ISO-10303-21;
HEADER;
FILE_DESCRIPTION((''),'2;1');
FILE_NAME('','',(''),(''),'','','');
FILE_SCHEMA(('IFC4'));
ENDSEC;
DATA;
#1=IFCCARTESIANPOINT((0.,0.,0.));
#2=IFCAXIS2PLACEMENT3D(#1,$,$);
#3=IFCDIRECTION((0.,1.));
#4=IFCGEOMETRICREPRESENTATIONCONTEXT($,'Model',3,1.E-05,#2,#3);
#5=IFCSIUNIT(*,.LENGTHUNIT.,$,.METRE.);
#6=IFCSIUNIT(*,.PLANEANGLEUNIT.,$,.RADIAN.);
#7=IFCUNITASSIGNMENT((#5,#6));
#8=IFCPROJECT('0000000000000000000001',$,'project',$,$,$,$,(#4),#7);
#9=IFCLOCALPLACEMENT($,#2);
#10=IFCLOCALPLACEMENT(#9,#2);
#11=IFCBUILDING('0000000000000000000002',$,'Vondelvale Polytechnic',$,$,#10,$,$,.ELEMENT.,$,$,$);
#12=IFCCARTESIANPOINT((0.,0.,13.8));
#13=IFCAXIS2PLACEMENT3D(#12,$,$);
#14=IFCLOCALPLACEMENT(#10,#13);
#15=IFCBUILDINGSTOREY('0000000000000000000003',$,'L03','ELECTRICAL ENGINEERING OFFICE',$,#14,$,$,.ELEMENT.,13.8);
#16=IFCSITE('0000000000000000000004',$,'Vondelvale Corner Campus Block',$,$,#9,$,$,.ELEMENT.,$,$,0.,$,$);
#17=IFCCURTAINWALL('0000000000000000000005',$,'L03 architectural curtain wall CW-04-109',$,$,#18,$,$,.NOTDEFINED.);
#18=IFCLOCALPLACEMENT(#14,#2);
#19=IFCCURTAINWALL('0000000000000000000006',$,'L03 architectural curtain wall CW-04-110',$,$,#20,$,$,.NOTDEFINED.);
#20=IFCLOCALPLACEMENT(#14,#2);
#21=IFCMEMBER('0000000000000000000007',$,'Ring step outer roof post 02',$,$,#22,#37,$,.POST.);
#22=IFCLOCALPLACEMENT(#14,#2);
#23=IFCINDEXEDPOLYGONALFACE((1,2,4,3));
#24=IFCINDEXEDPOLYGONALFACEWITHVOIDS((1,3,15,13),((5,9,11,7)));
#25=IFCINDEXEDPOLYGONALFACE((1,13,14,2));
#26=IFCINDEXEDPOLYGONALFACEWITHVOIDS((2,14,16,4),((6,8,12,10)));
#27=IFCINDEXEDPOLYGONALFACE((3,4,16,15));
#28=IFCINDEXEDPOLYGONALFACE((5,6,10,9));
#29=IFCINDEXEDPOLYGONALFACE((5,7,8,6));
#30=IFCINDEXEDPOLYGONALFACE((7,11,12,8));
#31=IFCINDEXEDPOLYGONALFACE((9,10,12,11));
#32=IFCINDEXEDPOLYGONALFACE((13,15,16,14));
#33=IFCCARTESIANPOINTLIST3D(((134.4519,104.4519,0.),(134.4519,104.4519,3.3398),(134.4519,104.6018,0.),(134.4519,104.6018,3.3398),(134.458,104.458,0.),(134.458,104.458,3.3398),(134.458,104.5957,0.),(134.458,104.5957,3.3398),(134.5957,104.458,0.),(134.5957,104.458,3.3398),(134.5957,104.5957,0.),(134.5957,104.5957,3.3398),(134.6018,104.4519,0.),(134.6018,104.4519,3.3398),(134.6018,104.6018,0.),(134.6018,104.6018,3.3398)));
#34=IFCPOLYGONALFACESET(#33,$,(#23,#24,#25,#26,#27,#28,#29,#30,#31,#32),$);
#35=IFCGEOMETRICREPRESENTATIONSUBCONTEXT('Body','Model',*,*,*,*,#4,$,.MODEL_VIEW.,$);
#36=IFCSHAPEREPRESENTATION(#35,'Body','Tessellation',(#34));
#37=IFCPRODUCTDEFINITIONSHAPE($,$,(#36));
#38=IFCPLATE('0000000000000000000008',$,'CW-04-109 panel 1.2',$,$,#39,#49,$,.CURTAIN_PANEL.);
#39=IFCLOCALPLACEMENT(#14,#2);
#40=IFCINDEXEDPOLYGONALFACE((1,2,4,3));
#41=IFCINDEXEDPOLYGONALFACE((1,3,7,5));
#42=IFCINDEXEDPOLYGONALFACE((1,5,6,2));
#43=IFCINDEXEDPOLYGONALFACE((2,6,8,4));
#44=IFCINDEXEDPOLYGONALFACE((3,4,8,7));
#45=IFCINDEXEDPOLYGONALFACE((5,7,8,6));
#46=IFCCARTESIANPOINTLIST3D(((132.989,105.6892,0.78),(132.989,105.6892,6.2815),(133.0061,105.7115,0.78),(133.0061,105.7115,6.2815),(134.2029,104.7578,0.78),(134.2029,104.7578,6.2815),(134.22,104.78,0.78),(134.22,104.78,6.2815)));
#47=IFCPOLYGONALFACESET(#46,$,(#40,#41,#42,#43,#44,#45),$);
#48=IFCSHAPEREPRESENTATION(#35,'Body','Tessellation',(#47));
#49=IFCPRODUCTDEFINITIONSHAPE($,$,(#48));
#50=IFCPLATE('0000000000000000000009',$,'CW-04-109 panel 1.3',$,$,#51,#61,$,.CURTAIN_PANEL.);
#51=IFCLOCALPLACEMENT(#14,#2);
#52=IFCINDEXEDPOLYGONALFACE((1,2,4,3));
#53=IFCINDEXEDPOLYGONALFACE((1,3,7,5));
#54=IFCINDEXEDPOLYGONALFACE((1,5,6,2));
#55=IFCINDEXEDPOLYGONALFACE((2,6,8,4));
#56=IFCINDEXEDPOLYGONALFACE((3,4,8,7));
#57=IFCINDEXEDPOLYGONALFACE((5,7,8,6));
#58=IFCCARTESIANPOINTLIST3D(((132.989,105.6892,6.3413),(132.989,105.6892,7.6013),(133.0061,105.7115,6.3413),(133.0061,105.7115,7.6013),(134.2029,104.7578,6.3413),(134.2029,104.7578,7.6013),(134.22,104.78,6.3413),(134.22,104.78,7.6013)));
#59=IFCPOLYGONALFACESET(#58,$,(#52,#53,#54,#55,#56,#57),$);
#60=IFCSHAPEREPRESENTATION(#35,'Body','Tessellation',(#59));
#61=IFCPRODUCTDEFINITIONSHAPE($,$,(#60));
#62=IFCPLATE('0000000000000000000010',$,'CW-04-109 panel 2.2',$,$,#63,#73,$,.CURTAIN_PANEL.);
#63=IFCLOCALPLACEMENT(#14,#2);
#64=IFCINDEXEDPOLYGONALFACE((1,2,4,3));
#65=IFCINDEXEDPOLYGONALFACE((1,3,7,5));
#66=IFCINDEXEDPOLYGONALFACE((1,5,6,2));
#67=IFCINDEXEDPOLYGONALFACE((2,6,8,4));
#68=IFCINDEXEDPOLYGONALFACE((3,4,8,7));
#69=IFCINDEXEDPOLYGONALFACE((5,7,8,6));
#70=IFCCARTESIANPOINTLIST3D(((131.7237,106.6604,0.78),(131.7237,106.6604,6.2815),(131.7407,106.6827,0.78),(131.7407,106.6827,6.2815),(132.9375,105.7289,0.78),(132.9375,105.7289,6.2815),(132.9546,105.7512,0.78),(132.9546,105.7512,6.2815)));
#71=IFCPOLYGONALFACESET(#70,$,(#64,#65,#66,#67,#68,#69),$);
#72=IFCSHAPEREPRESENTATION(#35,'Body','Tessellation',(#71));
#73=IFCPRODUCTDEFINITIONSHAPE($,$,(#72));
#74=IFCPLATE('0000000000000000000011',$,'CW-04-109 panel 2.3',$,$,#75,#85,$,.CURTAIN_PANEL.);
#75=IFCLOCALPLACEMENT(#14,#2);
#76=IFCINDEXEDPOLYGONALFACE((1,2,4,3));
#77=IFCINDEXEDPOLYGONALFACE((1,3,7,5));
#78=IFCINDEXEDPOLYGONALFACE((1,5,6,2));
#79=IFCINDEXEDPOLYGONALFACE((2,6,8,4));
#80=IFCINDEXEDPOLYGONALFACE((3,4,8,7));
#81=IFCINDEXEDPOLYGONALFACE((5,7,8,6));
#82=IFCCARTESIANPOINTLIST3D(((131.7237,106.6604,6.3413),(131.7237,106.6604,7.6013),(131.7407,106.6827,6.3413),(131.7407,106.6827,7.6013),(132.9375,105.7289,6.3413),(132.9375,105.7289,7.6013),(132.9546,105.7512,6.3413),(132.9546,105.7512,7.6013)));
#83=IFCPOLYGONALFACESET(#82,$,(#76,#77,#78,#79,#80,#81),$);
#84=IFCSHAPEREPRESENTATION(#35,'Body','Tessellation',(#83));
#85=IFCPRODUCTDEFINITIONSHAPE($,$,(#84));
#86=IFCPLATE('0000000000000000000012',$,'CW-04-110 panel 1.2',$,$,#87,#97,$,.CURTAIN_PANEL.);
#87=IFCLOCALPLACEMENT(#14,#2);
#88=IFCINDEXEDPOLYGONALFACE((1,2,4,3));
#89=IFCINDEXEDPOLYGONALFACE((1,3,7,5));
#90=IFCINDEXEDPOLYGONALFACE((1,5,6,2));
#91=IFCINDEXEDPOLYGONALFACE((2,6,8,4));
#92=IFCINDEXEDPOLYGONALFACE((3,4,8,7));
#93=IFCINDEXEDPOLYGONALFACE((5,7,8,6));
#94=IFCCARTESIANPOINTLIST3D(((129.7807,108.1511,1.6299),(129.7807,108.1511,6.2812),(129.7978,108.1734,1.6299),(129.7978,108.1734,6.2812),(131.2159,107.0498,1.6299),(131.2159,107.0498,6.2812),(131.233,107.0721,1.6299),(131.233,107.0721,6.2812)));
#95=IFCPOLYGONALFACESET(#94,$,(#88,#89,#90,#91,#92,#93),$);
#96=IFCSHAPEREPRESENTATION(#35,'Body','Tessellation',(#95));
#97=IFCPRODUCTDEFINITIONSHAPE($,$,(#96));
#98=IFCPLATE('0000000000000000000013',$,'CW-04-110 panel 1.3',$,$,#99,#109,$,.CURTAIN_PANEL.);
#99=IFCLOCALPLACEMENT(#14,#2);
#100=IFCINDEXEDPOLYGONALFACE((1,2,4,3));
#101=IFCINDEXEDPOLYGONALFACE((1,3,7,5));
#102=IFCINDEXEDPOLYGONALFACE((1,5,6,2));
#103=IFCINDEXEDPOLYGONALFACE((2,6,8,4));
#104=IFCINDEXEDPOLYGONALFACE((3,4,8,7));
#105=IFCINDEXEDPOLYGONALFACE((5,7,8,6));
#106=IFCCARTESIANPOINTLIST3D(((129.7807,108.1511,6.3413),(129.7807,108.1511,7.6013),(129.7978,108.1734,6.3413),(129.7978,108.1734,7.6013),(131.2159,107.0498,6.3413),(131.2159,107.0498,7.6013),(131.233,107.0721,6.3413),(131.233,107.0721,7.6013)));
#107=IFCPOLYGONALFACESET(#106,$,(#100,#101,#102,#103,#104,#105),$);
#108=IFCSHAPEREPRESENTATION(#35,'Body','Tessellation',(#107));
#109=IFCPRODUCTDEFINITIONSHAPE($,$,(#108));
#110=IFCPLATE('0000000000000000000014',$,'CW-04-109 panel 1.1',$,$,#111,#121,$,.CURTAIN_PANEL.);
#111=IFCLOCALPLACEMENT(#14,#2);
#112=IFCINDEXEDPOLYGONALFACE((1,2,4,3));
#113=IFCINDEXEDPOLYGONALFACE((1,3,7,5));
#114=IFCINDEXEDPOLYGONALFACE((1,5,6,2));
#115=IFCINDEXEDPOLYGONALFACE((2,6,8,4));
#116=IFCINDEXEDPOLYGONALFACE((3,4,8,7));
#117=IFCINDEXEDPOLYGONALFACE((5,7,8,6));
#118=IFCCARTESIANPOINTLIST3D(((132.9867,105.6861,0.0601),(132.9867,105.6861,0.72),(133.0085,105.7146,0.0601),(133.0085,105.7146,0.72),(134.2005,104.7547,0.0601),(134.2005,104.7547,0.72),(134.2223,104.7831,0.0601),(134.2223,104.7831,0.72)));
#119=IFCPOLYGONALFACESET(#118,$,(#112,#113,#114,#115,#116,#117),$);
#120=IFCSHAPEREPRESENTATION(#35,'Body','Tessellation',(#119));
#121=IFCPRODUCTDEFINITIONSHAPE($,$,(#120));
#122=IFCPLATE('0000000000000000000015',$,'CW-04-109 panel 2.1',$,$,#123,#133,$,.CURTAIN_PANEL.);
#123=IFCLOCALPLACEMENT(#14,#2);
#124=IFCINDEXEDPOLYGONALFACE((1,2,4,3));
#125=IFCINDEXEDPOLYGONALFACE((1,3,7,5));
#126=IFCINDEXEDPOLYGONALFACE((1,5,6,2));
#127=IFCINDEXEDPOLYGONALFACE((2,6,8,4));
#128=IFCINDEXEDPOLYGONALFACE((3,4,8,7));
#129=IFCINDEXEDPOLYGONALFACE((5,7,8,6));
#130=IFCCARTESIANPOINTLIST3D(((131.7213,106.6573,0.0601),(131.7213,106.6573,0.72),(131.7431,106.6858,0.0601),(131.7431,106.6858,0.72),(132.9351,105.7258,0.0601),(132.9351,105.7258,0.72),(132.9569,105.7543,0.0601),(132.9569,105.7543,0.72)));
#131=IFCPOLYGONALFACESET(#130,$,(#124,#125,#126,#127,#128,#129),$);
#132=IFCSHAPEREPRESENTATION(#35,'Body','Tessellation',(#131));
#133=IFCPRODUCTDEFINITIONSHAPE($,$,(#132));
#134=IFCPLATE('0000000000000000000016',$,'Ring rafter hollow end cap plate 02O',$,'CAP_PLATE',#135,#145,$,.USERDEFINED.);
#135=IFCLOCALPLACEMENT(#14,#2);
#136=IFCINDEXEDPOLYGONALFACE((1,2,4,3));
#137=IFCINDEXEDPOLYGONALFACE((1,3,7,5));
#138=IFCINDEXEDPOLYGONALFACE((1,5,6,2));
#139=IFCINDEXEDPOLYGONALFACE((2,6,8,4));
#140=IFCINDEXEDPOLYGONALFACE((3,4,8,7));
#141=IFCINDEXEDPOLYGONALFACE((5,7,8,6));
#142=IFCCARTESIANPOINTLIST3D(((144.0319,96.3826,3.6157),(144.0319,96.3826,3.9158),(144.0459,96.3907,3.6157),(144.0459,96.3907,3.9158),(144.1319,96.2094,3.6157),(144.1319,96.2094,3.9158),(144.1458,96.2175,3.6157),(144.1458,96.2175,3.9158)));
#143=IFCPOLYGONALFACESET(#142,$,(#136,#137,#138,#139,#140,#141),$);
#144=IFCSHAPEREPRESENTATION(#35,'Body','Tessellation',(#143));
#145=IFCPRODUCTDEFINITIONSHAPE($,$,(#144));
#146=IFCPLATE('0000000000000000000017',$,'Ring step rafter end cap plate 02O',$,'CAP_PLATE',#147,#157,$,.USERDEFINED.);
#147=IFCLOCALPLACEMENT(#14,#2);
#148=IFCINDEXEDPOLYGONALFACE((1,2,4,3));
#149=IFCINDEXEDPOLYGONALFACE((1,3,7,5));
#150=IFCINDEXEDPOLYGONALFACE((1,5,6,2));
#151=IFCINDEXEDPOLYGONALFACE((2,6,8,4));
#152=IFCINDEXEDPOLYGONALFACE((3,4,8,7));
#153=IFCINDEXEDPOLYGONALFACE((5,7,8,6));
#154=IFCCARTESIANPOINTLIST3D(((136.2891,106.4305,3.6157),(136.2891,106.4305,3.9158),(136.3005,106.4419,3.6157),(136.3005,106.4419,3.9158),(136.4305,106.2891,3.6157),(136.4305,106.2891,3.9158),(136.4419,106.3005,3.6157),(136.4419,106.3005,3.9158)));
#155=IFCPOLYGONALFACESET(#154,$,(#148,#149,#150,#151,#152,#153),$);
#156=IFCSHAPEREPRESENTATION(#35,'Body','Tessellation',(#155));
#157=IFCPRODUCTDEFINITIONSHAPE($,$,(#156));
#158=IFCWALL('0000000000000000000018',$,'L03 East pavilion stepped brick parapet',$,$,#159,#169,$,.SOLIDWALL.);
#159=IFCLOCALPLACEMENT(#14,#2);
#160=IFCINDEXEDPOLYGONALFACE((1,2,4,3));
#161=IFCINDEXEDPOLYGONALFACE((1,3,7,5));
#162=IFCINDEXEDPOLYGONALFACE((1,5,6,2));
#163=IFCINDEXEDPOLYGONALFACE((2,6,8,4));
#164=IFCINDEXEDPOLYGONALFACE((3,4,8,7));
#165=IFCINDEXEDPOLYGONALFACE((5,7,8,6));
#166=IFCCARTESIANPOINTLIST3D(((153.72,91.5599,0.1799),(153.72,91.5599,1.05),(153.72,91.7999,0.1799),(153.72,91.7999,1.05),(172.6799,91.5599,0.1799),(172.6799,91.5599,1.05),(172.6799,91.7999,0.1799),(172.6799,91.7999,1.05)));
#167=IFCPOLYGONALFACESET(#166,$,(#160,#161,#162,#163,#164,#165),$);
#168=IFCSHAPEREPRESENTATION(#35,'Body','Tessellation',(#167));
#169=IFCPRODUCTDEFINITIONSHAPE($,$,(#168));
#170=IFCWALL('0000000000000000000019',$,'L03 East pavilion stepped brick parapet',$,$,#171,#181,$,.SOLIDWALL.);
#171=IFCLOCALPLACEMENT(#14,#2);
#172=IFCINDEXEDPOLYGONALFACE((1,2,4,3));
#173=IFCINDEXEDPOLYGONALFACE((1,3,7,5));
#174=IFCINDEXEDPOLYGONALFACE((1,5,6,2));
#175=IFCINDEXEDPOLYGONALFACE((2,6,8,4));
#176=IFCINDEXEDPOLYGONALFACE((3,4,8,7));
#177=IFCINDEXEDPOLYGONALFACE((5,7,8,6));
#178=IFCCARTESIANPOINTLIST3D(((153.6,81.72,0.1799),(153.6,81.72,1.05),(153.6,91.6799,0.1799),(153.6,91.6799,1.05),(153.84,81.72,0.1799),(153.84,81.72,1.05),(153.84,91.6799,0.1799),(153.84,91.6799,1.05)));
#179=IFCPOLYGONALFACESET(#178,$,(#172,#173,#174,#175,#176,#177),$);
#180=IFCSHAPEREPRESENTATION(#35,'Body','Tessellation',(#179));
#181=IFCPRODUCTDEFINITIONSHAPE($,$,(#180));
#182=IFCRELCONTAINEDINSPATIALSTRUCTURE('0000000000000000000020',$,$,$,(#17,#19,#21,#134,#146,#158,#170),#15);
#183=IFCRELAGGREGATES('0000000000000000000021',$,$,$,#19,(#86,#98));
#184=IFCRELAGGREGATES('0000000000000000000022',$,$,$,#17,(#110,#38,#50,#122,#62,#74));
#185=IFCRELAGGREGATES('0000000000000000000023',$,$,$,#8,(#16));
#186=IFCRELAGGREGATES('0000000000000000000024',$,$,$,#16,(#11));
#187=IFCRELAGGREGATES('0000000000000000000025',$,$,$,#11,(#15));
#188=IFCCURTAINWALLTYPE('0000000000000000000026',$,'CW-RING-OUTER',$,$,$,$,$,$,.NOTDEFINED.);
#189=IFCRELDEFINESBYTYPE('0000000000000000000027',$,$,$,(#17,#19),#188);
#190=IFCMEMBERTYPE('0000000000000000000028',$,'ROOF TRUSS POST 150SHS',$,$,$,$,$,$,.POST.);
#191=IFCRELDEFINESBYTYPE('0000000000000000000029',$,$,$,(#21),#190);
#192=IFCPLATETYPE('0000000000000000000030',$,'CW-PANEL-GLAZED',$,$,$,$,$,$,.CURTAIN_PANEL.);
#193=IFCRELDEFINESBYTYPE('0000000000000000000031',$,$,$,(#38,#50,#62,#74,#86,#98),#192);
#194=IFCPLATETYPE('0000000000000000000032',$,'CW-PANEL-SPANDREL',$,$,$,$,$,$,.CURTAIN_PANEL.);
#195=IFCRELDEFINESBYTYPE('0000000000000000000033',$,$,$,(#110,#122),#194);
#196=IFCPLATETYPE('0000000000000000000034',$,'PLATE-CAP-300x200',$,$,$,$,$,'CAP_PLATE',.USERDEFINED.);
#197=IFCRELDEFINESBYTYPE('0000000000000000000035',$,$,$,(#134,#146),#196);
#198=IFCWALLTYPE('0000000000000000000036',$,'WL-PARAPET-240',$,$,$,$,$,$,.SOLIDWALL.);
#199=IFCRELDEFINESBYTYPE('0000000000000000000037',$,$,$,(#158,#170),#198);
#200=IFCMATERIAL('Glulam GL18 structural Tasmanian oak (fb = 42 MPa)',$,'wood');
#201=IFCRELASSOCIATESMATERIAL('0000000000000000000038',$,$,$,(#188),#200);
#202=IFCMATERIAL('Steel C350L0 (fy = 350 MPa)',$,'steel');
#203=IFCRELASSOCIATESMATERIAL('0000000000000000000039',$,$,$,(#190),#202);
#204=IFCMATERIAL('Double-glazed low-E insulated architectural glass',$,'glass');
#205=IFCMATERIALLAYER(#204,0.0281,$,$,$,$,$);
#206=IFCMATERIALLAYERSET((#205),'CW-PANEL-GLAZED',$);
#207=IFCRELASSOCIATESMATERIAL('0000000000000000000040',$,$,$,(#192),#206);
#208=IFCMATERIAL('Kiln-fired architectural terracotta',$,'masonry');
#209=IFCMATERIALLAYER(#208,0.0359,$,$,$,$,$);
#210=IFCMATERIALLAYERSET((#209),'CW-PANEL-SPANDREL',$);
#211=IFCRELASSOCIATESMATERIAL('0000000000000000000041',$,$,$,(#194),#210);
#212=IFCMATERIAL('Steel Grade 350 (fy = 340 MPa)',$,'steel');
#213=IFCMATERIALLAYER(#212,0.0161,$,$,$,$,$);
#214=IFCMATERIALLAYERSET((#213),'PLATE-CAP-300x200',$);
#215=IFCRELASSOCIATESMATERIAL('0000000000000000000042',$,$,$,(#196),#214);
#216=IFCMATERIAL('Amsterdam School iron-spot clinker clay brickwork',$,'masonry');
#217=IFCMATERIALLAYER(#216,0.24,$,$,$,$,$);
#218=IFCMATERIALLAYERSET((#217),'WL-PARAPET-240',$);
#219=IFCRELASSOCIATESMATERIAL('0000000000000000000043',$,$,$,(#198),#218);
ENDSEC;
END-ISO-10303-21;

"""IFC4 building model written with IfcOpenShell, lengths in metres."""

from ifc_helpers import new_model, si_unit, direction, frame, frame_2d, origin, origin_2d, place, context, subcontext, project, spatial, rectangle, hollow_rectangle, extrude, material, layer, layer_set, material_profile, profile_set, type_object, element, aggregate, save


model = new_model("IFC4")

# Units and contexts
model_context = context("Model", 3, precision=1e-05, world=origin(), true_north=direction((0.0, 1.0)))
body_context = subcontext(model_context, "Body", "Model", "MODEL_VIEW")
ifc_project = project(units=[si_unit("LENGTHUNIT", "METRE"), si_unit("PLANEANGLEUNIT", "RADIAN")], contexts=[model_context])

# Site, building, storey
site_placement = place(None, origin())
site = spatial("IfcSite", under=ifc_project, at=site_placement, Name="Vondelvale Corner Campus Block", CompositionType="ELEMENT", RefElevation=0.0)
building_placement = place(site_placement, origin())
building = spatial("IfcBuilding", under=site, at=building_placement, Name="Vondelvale Polytechnic", CompositionType="ELEMENT")
storey_placement = place(building_placement, frame((0.0, 0.0, 13.8)))
storey = spatial("IfcBuildingStorey", under=building, at=storey_placement, Name="L03", Description="ELECTRICAL ENGINEERING OFFICE", CompositionType="ELEMENT", Elevation=13.8)

# Shared definitions
ifc_material_1 = material(Name="Glulam GL18 structural Tasmanian oak (fb = 42 MPa)", Category="wood")

# Curtain wall
curtain_wall_type = type_object("IfcCurtainWallType", Name="CW-RING-OUTER", PredefinedType="NOTDEFINED", material=ifc_material_1)
curtain_wall_1_placement = place(storey_placement, origin())
curtain_wall_1 = element("IfcCurtainWall", 1, at=curtain_wall_1_placement, inside=storey, type_object=curtain_wall_type, Name="L03 architectural curtain wall CW-04-109", PredefinedType="NOTDEFINED")

# Curtain wall
curtain_wall_2_placement = place(storey_placement, origin())
curtain_wall_2 = element("IfcCurtainWall", 2, at=curtain_wall_2_placement, inside=storey, type_object=curtain_wall_type, Name="L03 architectural curtain wall CW-04-110", PredefinedType="NOTDEFINED")

# Member
ifc_material_2 = material(Name="Steel C350L0 (fy = 350 MPa)", Category="steel")
ifc_material_profile_1 = material_profile(ifc_material_2, hollow_rectangle(XDim=0.1499, YDim=0.1499, WallThickness=0.0061, at=origin_2d()), Name="150x150x6.0SHS")
ifc_profile_set_1 = profile_set([ifc_material_profile_1], Name="Steel C350L0 (fy = 350 MPa)")
member_type_1 = type_object("IfcMemberType", Name="ROOF TRUSS POST 150SHS", PredefinedType="POST", material=ifc_profile_set_1)
member_1_placement = place(storey_placement, frame((134.5269, 104.5269, 0.0), z_axis=(0.0, 0.0, 1.0), x_axis=(1.0, 0.0, 0.0)))
element("IfcMember", 3, at=member_1_placement, inside=storey, type_object=member_type_1, Name="Ring step outer roof post 02", PredefinedType="POST", context=body_context, shape_type="SweptSolid", body=[
    extrude(hollow_rectangle(XDim=0.1499, YDim=0.1499, WallThickness=0.0061, at=origin_2d()), origin(), (0.0, 0.0, 1.0), 3.3398),
])

# Plates
ifc_material_3 = material(Name="Double-glazed low-E insulated architectural glass", Category="glass")
ifc_layer_1 = layer(ifc_material_3, 0.0281)
ifc_layer_set_1 = layer_set([ifc_layer_1], Name="CW-PANEL-GLAZED")
plate_type_1 = type_object("IfcPlateType", Name="CW-PANEL-GLAZED", PredefinedType="CURTAIN_PANEL", material=ifc_layer_set_1)
plate_1_placement = place(storey_placement, frame((133.6045, 105.2346, 0.78), z_axis=(0.0, 0.0, 1.0), x_axis=(-0.793334, 0.608787, 0.0)))
plate_1 = element("IfcPlate", 4, at=plate_1_placement, type_object=plate_type_1, Name="CW-04-109 panel 1.2", PredefinedType="CURTAIN_PANEL", context=body_context, shape_type="SweptSolid", body=[
    extrude(rectangle(XDim=1.53, YDim=0.0281, at=origin_2d()), origin(), (0.0, 0.0, 1.0), 5.5015),
])
plate_2_placement = place(storey_placement, frame((133.6045, 105.2346, 6.3413), z_axis=(0.0, 0.0, 1.0), x_axis=(-0.793334, 0.608787, 0.0)))
plate_2 = element("IfcPlate", 5, at=plate_2_placement, type_object=plate_type_1, Name="CW-04-109 panel 1.3", PredefinedType="CURTAIN_PANEL", context=body_context, shape_type="SweptSolid", body=[
    extrude(rectangle(XDim=1.53, YDim=0.0281, at=origin_2d()), origin(), (0.0, 0.0, 1.0), 1.26),
])
plate_3_placement = place(storey_placement, frame((132.3391, 106.2058, 0.78), z_axis=(0.0, 0.0, 1.0), x_axis=(-0.793334, 0.608787, 0.0)))
plate_3 = element("IfcPlate", 6, at=plate_3_placement, type_object=plate_type_1, Name="CW-04-109 panel 2.2", PredefinedType="CURTAIN_PANEL", context=body_context, shape_type="SweptSolid", body=[
    extrude(rectangle(XDim=1.53, YDim=0.0281, at=origin_2d()), origin(), (0.0, 0.0, 1.0), 5.5015),
])
plate_4_placement = place(storey_placement, frame((132.3391, 106.2058, 6.3413), z_axis=(0.0, 0.0, 1.0), x_axis=(-0.793334, 0.608787, 0.0)))
plate_4 = element("IfcPlate", 7, at=plate_4_placement, type_object=plate_type_1, Name="CW-04-109 panel 2.3", PredefinedType="CURTAIN_PANEL", context=body_context, shape_type="SweptSolid", body=[
    extrude(rectangle(XDim=1.53, YDim=0.0281, at=origin_2d()), origin(), (0.0, 0.0, 1.0), 1.26),
])
plate_5_placement = place(storey_placement, frame((130.5068, 107.6116, 1.6299), z_axis=(0.0, 0.0, 1.0), x_axis=(-0.793346, 0.608771, 0.0)))
plate_5 = element("IfcPlate", 8, at=plate_5_placement, type_object=plate_type_1, Name="CW-04-110 panel 1.2", PredefinedType="CURTAIN_PANEL", context=body_context, shape_type="SweptSolid", body=[
    extrude(rectangle(XDim=1.8091, YDim=0.0281, at=origin_2d()), origin(), (0.0, 0.0, 1.0), 4.6514),
])
plate_6_placement = place(storey_placement, frame((130.5068, 107.6116, 6.3413), z_axis=(0.0, 0.0, 1.0), x_axis=(-0.793346, 0.608771, 0.0)))
plate_6 = element("IfcPlate", 9, at=plate_6_placement, type_object=plate_type_1, Name="CW-04-110 panel 1.3", PredefinedType="CURTAIN_PANEL", context=body_context, shape_type="SweptSolid", body=[
    extrude(rectangle(XDim=1.8091, YDim=0.0281, at=origin_2d()), origin(), (0.0, 0.0, 1.0), 1.26),
])
aggregate(curtain_wall_2, [plate_5, plate_6])
ifc_material_4 = material(Name="Kiln-fired architectural terracotta", Category="masonry")
ifc_layer_2 = layer(ifc_material_4, 0.0359)
ifc_layer_set_2 = layer_set([ifc_layer_2], Name="CW-PANEL-SPANDREL")
plate_type_2 = type_object("IfcPlateType", Name="CW-PANEL-SPANDREL", PredefinedType="CURTAIN_PANEL", material=ifc_layer_set_2)
plate_7_placement = place(storey_placement, frame((133.6045, 105.2346, 0.0601), z_axis=(0.0, 0.0, 1.0), x_axis=(-0.793334, 0.608787, 0.0)))
plate_7 = element("IfcPlate", 10, at=plate_7_placement, type_object=plate_type_2, Name="CW-04-109 panel 1.1", PredefinedType="CURTAIN_PANEL", context=body_context, shape_type="SweptSolid", body=[
    extrude(rectangle(XDim=1.53, YDim=0.0359, at=origin_2d()), origin(), (0.0, 0.0, 1.0), 0.6599),
])
plate_8_placement = place(storey_placement, frame((132.3391, 106.2058, 0.0601), z_axis=(0.0, 0.0, 1.0), x_axis=(-0.793334, 0.608787, 0.0)))
plate_8 = element("IfcPlate", 11, at=plate_8_placement, type_object=plate_type_2, Name="CW-04-109 panel 2.1", PredefinedType="CURTAIN_PANEL", context=body_context, shape_type="SweptSolid", body=[
    extrude(rectangle(XDim=1.53, YDim=0.0359, at=origin_2d()), origin(), (0.0, 0.0, 1.0), 0.6599),
])
aggregate(curtain_wall_1, [plate_7, plate_1, plate_2, plate_8, plate_3, plate_4])

# Plates
ifc_material_5 = material(Name="Steel Grade 350 (fy = 340 MPa)", Category="steel")
ifc_layer_3 = layer(ifc_material_5, 0.0161)
ifc_layer_set_3 = layer_set([ifc_layer_3], Name="PLATE-CAP-300x200")
plate_type_3 = type_object("IfcPlateType", Name="PLATE-CAP-300x200", ElementType="CAP_PLATE", PredefinedType="USERDEFINED", material=ifc_layer_set_3)
for number, where, z_axis, x_axis, name in (
    (12, (144.0889, 96.3, 3.6157), (0.0, 0.0, 1.0), (-0.866025, -0.5, 0.0), "Ring rafter hollow end cap plate 02O"),
    (13, (136.3655, 106.3655, 3.6157), (0.0, 0.0, 1.0), (-0.707107, -0.707107, 0.0), "Ring step rafter end cap plate 02O"),
):
    element("IfcPlate", number, at=place(storey_placement, frame(where, z_axis=z_axis, x_axis=x_axis)), inside=storey, type_object=plate_type_3, Name=name, ObjectType="CAP_PLATE", PredefinedType="USERDEFINED", context=body_context, shape_type="SweptSolid", body=[
        extrude(rectangle(XDim=0.0161, YDim=0.2, at=origin_2d()), origin(), (0.0, 0.0, 1.0), 0.3),
    ])

# Walls
ifc_material_6 = material(Name="Amsterdam School iron-spot clinker clay brickwork", Category="masonry")
ifc_layer_4 = layer(ifc_material_6, 0.24)
ifc_layer_set_4 = layer_set([ifc_layer_4], Name="WL-PARAPET-240")
wall_type = type_object("IfcWallType", Name="WL-PARAPET-240", PredefinedType="SOLIDWALL", material=ifc_layer_set_4)
wall_1_placement = place(storey_placement, frame((172.6799, 91.6799, 0.1799), z_axis=(0.0, 0.0, 1.0), x_axis=(-1.0, 0.0, 0.0)))
element("IfcWall", 14, at=wall_1_placement, inside=storey, type_object=wall_type, Name="L03 East pavilion stepped brick parapet", PredefinedType="SOLIDWALL", context=body_context, shape_type="SweptSolid", body=[
    extrude(rectangle(XDim=18.96, YDim=0.24, at=frame_2d((9.48, 0.0))), origin(), (0.0, 0.0, 1.0), 0.8701),
])
wall_2_placement = place(storey_placement, frame((153.72, 91.6799, 0.1799), z_axis=(0.0, 0.0, 1.0), x_axis=(0.0, -1.0, 0.0)))
element("IfcWall", 15, at=wall_2_placement, inside=storey, type_object=wall_type, Name="L03 East pavilion stepped brick parapet", PredefinedType="SOLIDWALL", context=body_context, shape_type="SweptSolid", body=[
    extrude(rectangle(XDim=9.96, YDim=0.24, at=frame_2d((4.98, 0.0))), origin(), (0.0, 0.0, 1.0), 0.8701),
])

save(model, "model.ifc")
